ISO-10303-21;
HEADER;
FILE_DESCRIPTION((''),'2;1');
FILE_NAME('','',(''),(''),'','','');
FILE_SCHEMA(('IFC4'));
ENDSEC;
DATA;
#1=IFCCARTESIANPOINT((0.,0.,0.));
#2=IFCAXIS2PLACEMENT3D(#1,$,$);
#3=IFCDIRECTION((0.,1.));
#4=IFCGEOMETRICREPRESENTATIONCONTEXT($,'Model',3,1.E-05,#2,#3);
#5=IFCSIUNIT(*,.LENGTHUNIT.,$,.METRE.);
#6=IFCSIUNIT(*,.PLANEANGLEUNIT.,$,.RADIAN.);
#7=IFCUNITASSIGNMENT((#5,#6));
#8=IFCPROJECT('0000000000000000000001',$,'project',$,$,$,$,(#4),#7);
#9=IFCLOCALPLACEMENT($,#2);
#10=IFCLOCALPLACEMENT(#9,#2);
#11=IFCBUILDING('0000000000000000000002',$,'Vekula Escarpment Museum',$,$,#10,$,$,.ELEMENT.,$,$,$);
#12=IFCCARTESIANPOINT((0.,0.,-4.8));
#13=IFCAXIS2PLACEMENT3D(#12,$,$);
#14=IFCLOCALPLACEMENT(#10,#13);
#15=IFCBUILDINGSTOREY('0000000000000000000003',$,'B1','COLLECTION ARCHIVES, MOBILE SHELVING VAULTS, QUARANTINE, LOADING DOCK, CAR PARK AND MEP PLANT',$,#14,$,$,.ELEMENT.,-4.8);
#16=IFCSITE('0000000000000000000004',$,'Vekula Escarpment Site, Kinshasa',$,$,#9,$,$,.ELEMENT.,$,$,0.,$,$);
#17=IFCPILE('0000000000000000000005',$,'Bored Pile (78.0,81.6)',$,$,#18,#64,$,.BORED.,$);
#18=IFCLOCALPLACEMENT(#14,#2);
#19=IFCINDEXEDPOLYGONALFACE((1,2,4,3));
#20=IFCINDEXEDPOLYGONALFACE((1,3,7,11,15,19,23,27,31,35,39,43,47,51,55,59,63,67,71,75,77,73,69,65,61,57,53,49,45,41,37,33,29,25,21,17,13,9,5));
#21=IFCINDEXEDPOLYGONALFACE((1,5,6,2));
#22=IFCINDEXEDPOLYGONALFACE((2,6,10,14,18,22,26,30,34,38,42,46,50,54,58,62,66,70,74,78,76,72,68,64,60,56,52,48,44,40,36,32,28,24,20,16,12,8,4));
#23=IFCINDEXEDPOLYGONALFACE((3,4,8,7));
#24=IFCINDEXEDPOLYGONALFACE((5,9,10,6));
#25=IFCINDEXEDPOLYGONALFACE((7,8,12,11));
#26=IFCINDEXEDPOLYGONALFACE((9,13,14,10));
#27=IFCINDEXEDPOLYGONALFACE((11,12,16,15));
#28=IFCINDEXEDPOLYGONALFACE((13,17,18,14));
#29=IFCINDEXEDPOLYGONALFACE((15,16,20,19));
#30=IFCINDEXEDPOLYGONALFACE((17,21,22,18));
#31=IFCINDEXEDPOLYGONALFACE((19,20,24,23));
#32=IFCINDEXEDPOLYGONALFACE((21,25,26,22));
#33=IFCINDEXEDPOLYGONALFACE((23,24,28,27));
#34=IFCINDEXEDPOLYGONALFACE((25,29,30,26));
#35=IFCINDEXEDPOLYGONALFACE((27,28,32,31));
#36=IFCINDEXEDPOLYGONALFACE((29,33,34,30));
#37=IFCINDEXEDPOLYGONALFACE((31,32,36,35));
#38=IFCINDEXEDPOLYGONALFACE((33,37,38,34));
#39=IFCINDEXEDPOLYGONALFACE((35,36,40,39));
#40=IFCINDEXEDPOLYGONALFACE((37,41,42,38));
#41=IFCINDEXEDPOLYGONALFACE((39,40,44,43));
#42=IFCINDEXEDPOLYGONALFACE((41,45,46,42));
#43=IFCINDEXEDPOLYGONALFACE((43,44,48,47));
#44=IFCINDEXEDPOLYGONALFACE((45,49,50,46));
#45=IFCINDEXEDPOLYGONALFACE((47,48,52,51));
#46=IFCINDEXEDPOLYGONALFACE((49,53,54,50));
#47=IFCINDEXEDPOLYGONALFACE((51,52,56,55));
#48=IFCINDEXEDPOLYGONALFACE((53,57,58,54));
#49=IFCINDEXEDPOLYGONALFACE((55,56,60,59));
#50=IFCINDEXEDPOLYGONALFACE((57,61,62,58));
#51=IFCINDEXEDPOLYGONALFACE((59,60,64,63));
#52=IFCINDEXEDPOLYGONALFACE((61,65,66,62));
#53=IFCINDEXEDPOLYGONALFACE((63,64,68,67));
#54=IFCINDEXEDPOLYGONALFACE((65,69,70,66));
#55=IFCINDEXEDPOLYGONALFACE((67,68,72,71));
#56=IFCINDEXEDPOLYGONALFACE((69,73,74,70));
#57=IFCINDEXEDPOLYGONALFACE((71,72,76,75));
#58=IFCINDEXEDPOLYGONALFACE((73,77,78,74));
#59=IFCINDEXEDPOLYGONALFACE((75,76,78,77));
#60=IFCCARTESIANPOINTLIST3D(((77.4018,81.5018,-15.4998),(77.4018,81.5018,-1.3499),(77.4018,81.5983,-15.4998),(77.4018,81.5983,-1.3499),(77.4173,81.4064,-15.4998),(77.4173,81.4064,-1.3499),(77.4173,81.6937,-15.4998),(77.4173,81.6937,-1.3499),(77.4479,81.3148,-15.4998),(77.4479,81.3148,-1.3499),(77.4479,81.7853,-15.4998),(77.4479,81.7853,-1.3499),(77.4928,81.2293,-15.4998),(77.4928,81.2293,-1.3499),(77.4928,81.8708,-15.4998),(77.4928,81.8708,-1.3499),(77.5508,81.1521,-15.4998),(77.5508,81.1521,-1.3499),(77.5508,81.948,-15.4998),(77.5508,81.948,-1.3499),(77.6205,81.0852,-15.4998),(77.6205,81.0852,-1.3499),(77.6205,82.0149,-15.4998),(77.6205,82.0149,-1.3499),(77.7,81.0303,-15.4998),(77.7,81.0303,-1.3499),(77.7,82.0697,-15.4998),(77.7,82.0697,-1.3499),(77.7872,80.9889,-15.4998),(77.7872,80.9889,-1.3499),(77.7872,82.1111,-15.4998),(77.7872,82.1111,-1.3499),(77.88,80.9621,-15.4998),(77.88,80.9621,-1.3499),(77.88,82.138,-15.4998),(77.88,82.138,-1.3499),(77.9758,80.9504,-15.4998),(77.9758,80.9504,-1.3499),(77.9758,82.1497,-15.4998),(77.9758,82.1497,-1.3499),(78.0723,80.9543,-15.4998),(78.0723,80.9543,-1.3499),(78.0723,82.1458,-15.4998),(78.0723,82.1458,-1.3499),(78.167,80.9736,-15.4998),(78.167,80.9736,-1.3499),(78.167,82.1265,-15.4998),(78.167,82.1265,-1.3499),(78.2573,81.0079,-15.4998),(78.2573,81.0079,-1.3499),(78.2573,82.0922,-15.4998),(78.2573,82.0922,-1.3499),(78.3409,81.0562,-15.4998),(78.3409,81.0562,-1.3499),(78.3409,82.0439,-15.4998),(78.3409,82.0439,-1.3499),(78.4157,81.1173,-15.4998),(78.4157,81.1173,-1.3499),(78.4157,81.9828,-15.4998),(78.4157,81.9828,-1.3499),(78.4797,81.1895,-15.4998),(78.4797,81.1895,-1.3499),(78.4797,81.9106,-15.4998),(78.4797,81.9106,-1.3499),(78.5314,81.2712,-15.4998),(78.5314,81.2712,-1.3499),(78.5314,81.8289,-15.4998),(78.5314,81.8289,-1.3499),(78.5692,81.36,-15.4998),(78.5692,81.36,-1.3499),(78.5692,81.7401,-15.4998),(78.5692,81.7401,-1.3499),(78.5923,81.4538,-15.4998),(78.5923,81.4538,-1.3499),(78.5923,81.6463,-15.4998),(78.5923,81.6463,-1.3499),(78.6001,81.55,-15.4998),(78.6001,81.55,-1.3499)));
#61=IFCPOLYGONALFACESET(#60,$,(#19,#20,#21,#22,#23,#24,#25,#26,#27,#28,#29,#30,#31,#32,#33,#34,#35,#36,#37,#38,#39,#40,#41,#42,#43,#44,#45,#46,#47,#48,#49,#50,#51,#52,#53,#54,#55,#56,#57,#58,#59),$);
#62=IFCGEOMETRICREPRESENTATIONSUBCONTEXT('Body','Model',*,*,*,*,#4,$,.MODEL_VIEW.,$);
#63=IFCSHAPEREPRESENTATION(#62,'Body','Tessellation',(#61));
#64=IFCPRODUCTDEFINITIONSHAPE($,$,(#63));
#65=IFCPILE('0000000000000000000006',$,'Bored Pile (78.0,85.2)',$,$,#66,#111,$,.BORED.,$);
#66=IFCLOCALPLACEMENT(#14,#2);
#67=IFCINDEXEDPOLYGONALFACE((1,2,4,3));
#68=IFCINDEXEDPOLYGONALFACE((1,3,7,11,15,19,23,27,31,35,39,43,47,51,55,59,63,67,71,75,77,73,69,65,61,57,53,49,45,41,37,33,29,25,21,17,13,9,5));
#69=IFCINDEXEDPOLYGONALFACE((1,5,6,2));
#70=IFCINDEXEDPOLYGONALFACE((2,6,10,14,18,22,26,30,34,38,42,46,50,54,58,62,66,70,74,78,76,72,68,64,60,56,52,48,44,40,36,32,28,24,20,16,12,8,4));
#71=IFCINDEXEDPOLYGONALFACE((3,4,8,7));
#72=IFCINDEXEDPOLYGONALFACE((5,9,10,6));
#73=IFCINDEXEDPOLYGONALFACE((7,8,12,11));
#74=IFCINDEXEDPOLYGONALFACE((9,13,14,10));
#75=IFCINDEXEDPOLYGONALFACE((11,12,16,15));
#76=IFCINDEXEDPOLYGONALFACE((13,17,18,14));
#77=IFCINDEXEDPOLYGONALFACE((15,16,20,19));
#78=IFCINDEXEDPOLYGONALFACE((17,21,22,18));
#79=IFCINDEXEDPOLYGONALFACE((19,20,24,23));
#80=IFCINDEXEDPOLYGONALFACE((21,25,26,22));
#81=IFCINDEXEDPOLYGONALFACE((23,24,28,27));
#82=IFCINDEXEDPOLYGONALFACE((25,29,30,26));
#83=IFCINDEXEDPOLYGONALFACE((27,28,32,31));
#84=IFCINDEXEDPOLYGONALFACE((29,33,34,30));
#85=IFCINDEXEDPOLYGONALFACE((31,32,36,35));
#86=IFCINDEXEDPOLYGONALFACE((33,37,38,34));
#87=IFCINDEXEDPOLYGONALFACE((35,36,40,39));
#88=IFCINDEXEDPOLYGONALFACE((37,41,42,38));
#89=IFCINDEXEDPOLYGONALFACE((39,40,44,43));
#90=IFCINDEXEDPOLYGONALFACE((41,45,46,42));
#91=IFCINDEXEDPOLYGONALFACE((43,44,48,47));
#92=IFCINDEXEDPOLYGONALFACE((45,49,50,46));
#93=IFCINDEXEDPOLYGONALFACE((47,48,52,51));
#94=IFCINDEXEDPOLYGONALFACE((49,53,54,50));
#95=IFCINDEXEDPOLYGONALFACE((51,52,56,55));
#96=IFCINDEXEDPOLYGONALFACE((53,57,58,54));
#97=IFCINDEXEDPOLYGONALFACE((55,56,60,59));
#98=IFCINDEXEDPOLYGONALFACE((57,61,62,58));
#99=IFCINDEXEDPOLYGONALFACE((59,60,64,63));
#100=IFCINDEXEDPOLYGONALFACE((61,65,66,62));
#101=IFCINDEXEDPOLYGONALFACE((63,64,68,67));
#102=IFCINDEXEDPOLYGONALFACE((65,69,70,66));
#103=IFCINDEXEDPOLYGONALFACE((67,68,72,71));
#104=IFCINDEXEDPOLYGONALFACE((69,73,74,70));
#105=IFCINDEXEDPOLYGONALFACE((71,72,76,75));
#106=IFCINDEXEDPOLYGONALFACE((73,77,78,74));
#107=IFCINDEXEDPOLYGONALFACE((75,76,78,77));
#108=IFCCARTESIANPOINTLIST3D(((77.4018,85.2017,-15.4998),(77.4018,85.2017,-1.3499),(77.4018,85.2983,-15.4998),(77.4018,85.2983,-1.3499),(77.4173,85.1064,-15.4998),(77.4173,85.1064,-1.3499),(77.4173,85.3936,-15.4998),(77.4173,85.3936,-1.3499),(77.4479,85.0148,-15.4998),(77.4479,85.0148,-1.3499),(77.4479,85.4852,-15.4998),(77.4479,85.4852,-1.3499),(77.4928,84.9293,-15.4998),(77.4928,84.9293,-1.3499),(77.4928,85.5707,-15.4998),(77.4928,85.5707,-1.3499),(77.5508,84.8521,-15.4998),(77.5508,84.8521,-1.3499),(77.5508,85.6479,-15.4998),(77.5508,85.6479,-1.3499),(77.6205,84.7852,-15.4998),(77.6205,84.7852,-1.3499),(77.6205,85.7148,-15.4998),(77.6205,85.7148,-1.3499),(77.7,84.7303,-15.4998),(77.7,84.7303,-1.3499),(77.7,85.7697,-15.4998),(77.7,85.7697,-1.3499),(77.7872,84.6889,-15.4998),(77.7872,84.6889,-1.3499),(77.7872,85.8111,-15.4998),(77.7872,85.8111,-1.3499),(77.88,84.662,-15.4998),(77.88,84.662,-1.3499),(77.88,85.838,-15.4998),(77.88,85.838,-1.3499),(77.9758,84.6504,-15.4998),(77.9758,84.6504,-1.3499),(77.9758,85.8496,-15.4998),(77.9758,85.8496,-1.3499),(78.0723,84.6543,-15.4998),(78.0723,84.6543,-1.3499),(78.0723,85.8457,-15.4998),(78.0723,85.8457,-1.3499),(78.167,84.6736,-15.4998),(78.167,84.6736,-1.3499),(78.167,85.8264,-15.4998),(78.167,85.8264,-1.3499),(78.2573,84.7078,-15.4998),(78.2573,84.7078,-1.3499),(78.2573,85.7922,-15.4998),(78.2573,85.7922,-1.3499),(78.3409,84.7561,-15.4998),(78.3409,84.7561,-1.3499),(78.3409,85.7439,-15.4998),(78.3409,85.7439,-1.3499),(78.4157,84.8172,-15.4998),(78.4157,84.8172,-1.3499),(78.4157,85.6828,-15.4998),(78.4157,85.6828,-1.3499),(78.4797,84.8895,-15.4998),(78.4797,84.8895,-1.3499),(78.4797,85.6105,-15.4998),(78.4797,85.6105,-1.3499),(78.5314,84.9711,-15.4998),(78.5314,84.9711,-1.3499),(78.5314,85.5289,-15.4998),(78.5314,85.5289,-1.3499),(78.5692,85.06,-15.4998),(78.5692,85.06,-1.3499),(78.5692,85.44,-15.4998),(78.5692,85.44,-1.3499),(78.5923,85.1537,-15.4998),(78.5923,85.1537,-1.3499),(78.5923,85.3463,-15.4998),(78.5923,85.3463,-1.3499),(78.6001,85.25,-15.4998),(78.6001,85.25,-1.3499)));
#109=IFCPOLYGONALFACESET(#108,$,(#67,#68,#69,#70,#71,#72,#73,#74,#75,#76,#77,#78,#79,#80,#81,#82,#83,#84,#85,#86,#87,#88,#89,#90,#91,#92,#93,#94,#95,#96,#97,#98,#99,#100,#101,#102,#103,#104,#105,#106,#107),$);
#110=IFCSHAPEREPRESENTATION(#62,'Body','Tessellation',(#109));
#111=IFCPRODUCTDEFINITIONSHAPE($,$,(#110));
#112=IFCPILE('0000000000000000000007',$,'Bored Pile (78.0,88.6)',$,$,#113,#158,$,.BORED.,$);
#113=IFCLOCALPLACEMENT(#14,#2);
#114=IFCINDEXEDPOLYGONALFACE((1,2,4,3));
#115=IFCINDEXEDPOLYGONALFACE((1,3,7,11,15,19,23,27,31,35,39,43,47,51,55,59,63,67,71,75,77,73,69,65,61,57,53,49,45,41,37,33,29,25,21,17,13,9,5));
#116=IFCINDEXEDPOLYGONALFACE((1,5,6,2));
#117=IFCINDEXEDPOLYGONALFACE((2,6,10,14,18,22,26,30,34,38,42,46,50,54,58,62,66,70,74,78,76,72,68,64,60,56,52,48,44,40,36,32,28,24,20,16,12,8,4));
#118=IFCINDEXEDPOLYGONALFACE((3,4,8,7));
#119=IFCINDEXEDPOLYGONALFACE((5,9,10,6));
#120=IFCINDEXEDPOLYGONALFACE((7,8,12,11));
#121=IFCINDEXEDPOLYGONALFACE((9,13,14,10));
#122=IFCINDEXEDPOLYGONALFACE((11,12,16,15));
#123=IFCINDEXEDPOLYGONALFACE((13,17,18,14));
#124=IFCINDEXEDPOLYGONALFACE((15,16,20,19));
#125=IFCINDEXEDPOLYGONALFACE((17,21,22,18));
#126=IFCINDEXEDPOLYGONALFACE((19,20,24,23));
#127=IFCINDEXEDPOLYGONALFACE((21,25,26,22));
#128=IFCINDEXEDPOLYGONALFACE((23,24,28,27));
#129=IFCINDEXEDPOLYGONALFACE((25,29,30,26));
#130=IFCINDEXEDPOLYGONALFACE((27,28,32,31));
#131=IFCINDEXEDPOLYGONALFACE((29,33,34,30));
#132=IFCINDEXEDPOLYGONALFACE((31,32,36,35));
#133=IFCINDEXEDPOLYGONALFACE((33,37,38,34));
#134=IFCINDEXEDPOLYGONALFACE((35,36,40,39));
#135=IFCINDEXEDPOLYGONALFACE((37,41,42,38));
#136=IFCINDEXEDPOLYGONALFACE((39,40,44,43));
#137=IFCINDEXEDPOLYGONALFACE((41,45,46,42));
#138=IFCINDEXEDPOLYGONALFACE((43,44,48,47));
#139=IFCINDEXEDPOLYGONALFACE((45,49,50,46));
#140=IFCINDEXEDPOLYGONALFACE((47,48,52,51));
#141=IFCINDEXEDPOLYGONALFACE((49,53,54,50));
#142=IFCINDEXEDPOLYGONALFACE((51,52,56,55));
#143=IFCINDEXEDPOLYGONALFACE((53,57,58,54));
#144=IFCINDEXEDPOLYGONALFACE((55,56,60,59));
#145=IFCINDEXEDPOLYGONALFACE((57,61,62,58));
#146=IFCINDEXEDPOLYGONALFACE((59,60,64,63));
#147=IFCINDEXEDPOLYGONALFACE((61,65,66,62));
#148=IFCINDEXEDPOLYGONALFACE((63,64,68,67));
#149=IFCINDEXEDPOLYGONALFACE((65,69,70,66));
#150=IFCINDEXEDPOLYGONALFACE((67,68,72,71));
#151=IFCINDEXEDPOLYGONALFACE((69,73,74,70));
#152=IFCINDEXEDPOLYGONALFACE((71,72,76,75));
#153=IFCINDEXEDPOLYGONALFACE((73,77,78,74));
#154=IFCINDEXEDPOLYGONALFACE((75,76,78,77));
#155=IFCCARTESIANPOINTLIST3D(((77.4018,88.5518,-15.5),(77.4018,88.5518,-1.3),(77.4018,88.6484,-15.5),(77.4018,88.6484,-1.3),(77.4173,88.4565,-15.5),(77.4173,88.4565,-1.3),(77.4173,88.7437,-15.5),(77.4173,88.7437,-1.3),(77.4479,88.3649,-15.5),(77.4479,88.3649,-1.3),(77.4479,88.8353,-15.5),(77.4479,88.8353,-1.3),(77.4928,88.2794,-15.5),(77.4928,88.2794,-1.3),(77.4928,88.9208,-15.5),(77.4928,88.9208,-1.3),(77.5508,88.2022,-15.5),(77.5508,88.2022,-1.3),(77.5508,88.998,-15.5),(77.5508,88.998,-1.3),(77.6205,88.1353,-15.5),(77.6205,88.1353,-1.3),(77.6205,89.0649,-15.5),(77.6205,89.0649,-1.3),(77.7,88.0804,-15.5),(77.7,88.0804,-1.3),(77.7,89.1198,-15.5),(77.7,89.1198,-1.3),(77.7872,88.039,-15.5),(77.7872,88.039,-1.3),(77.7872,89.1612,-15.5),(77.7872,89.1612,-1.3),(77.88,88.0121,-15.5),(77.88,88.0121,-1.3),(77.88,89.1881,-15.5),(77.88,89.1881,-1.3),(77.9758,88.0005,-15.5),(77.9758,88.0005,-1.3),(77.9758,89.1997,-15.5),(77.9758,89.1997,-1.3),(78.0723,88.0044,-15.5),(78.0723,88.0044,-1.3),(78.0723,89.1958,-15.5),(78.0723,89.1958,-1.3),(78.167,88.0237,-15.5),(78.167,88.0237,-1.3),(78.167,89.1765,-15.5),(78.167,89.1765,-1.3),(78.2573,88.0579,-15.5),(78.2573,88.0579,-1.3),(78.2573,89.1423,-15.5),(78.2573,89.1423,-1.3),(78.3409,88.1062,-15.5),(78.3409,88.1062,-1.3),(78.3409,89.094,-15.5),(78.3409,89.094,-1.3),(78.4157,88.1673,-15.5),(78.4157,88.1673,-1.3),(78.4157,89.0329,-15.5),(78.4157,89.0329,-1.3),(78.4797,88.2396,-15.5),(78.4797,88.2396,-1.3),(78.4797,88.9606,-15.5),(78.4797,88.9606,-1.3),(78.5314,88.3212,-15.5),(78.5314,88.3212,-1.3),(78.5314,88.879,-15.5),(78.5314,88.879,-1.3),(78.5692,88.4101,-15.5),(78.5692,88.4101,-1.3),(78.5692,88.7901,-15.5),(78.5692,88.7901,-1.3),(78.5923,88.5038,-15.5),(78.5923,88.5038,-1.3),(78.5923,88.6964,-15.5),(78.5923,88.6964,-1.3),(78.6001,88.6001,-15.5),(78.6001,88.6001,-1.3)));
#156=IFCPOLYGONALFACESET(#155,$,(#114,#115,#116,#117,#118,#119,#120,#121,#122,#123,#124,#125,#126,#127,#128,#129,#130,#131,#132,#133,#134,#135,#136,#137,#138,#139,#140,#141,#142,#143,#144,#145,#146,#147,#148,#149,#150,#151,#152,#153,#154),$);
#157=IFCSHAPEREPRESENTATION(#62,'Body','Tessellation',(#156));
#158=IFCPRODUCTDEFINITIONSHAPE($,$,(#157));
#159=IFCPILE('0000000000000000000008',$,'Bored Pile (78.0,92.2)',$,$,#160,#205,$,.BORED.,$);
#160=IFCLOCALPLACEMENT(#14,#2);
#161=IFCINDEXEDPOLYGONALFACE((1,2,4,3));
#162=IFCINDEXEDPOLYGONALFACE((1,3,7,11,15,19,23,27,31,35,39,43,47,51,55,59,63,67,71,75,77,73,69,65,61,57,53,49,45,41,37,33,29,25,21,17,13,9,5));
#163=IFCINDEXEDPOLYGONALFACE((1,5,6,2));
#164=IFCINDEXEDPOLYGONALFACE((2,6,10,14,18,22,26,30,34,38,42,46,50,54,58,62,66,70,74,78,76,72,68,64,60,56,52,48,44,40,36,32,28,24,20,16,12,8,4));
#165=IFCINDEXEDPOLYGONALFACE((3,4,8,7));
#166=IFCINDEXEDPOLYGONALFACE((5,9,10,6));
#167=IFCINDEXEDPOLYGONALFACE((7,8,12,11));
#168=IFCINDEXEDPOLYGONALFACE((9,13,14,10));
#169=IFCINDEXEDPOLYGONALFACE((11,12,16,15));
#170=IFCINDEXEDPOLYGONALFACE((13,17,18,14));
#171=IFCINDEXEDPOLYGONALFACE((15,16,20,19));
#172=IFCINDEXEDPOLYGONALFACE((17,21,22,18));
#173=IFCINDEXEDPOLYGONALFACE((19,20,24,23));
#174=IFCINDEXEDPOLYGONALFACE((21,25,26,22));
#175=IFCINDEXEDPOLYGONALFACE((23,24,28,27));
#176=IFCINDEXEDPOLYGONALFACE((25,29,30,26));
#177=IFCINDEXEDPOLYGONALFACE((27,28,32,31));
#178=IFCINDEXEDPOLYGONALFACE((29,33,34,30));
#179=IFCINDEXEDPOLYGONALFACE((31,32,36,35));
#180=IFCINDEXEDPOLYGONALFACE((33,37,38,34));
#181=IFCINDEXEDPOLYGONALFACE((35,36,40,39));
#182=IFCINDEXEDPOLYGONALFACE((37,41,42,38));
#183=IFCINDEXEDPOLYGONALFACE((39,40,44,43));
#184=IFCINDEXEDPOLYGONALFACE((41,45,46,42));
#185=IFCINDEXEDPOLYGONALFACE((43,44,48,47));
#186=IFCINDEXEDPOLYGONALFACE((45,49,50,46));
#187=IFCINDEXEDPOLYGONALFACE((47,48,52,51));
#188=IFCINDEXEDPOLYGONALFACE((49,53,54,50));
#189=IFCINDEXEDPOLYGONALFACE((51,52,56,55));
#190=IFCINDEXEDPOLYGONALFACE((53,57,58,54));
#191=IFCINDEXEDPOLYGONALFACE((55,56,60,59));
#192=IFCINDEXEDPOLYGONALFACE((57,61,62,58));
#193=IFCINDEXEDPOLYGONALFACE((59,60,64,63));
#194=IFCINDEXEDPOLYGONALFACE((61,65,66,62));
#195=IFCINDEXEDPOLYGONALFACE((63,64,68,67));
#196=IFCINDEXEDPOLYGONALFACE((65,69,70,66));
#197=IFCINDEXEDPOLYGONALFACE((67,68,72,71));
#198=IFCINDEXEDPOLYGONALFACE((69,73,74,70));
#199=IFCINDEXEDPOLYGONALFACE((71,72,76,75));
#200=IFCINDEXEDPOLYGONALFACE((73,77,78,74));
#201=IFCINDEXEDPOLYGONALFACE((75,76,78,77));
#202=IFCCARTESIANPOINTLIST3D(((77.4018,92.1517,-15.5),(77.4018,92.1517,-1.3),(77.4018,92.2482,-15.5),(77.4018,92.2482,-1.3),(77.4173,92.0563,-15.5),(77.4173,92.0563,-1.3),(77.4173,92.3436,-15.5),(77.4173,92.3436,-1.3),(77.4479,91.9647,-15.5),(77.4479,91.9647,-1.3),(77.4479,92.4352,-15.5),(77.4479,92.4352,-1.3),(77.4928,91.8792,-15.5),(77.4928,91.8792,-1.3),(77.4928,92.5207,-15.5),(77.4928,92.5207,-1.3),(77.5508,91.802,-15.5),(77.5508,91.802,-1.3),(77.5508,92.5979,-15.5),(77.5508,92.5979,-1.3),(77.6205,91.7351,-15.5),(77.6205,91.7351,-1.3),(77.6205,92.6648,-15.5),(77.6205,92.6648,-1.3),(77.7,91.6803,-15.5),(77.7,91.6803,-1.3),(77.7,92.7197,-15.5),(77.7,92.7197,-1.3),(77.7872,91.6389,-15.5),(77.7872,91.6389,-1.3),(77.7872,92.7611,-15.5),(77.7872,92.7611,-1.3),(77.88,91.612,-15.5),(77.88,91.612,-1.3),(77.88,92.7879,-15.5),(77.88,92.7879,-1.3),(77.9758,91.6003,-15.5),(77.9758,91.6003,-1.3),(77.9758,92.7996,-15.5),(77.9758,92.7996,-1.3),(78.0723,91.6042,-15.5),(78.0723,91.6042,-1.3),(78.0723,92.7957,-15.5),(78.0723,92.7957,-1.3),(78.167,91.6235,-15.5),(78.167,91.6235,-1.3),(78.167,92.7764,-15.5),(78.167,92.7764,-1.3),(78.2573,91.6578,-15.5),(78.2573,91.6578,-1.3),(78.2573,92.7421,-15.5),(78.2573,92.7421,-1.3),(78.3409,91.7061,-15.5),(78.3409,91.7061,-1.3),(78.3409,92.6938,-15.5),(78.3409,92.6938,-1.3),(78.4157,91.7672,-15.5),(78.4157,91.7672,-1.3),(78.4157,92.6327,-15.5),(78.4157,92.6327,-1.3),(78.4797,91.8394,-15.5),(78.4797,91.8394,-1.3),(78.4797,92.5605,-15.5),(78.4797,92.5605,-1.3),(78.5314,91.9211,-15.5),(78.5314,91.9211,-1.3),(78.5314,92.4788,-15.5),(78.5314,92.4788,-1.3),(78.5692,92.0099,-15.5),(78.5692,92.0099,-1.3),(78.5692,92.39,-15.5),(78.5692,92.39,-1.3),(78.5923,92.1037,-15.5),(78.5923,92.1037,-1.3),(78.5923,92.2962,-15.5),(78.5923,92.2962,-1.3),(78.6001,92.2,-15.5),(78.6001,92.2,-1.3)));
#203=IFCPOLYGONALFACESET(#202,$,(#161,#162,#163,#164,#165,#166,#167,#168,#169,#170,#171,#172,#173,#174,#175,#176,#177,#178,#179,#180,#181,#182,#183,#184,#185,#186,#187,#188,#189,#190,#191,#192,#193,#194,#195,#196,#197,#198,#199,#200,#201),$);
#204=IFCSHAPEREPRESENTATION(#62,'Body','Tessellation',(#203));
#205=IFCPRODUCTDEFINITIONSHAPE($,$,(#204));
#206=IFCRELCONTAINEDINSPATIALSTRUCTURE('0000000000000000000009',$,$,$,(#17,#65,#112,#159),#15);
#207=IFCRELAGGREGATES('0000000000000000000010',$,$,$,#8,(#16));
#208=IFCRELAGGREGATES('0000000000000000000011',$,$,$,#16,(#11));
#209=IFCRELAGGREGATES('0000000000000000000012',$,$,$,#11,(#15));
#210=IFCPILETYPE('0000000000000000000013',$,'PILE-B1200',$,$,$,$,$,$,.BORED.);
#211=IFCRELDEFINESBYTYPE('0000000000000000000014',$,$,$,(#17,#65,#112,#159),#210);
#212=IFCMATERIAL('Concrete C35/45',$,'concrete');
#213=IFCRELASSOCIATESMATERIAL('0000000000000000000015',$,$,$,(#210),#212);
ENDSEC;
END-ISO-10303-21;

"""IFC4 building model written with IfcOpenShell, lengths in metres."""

from ifc_helpers import new_model, si_unit, direction, frame, origin, origin_2d, place, context, subcontext, project, spatial, circle, extrude, material, material_profile, profile_set, type_object, element, save


model = new_model("IFC4")

# Units and contexts
model_context = context("Model", 3, precision=1e-05, world=origin(), true_north=direction((0.0, 1.0)))
body_context = subcontext(model_context, "Body", "Model", "MODEL_VIEW")
ifc_project = project(units=[si_unit("LENGTHUNIT", "METRE"), si_unit("PLANEANGLEUNIT", "RADIAN")], contexts=[model_context])

# Site, building, storey
site_placement = place(None, origin())
site = spatial("IfcSite", under=ifc_project, at=site_placement, Name="Vekula Escarpment Site, Kinshasa", CompositionType="ELEMENT", RefElevation=0.0)
building_placement = place(site_placement, origin())
building = spatial("IfcBuilding", under=site, at=building_placement, Name="Vekula Escarpment Museum", CompositionType="ELEMENT")
storey_placement = place(building_placement, frame((0.0, 0.0, -4.8)))
storey = spatial("IfcBuildingStorey", under=building, at=storey_placement, Name="B1", Description="COLLECTION ARCHIVES, MOBILE SHELVING VAULTS, QUARANTINE, LOADING DOCK, CAR PARK AND MEP PLANT", CompositionType="ELEMENT", Elevation=-4.8)

# Piles
ifc_material_1 = material(Name="Concrete C35/45", Category="concrete")
ifc_material_profile_1 = material_profile(ifc_material_1, circle(Radius=0.6001, at=origin_2d()), Name="BORED PILE 1200")
ifc_profile_set_1 = profile_set([ifc_material_profile_1], Name="Concrete C35/45")
pile_type = type_object("IfcPileType", Name="PILE-B1200", PredefinedType="BORED", material=ifc_profile_set_1)
for number, where, z_axis, x_axis, name in (
    (1, (78.0, 81.55, -1.3499), (0.0, 0.0, -1.0), (1.0, 0.0, 0.0), "Bored Pile (78.0,81.6)"),
    (2, (78.0, 85.25, -1.3499), (0.0, 0.0, -1.0), (1.0, 0.0, 0.0), "Bored Pile (78.0,85.2)"),
):
    element("IfcPile", number, at=place(storey_placement, frame(where, z_axis=z_axis, x_axis=x_axis)), inside=storey, type_object=pile_type, Name=name, PredefinedType="BORED", context=body_context, shape_type="SweptSolid", body=[
        extrude(circle(Radius=0.6001, at=origin_2d()), origin(), (0.0, 0.0, 1.0), 14.1499),
    ])
for number, where, z_axis, x_axis, name in (
    (3, (78.0, 88.6001, -1.3), (0.0, 0.0, -1.0), (1.0, 0.0, 0.0), "Bored Pile (78.0,88.6)"),
    (4, (78.0, 92.2, -1.3), (0.0, 0.0, -1.0), (1.0, 0.0, 0.0), "Bored Pile (78.0,92.2)"),
):
    element("IfcPile", number, at=place(storey_placement, frame(where, z_axis=z_axis, x_axis=x_axis)), inside=storey, type_object=pile_type, Name=name, PredefinedType="BORED", context=body_context, shape_type="SweptSolid", body=[
        extrude(circle(Radius=0.6001, at=origin_2d()), origin(), (0.0, 0.0, 1.0), 14.2),
    ])

save(model, "model.ifc")
